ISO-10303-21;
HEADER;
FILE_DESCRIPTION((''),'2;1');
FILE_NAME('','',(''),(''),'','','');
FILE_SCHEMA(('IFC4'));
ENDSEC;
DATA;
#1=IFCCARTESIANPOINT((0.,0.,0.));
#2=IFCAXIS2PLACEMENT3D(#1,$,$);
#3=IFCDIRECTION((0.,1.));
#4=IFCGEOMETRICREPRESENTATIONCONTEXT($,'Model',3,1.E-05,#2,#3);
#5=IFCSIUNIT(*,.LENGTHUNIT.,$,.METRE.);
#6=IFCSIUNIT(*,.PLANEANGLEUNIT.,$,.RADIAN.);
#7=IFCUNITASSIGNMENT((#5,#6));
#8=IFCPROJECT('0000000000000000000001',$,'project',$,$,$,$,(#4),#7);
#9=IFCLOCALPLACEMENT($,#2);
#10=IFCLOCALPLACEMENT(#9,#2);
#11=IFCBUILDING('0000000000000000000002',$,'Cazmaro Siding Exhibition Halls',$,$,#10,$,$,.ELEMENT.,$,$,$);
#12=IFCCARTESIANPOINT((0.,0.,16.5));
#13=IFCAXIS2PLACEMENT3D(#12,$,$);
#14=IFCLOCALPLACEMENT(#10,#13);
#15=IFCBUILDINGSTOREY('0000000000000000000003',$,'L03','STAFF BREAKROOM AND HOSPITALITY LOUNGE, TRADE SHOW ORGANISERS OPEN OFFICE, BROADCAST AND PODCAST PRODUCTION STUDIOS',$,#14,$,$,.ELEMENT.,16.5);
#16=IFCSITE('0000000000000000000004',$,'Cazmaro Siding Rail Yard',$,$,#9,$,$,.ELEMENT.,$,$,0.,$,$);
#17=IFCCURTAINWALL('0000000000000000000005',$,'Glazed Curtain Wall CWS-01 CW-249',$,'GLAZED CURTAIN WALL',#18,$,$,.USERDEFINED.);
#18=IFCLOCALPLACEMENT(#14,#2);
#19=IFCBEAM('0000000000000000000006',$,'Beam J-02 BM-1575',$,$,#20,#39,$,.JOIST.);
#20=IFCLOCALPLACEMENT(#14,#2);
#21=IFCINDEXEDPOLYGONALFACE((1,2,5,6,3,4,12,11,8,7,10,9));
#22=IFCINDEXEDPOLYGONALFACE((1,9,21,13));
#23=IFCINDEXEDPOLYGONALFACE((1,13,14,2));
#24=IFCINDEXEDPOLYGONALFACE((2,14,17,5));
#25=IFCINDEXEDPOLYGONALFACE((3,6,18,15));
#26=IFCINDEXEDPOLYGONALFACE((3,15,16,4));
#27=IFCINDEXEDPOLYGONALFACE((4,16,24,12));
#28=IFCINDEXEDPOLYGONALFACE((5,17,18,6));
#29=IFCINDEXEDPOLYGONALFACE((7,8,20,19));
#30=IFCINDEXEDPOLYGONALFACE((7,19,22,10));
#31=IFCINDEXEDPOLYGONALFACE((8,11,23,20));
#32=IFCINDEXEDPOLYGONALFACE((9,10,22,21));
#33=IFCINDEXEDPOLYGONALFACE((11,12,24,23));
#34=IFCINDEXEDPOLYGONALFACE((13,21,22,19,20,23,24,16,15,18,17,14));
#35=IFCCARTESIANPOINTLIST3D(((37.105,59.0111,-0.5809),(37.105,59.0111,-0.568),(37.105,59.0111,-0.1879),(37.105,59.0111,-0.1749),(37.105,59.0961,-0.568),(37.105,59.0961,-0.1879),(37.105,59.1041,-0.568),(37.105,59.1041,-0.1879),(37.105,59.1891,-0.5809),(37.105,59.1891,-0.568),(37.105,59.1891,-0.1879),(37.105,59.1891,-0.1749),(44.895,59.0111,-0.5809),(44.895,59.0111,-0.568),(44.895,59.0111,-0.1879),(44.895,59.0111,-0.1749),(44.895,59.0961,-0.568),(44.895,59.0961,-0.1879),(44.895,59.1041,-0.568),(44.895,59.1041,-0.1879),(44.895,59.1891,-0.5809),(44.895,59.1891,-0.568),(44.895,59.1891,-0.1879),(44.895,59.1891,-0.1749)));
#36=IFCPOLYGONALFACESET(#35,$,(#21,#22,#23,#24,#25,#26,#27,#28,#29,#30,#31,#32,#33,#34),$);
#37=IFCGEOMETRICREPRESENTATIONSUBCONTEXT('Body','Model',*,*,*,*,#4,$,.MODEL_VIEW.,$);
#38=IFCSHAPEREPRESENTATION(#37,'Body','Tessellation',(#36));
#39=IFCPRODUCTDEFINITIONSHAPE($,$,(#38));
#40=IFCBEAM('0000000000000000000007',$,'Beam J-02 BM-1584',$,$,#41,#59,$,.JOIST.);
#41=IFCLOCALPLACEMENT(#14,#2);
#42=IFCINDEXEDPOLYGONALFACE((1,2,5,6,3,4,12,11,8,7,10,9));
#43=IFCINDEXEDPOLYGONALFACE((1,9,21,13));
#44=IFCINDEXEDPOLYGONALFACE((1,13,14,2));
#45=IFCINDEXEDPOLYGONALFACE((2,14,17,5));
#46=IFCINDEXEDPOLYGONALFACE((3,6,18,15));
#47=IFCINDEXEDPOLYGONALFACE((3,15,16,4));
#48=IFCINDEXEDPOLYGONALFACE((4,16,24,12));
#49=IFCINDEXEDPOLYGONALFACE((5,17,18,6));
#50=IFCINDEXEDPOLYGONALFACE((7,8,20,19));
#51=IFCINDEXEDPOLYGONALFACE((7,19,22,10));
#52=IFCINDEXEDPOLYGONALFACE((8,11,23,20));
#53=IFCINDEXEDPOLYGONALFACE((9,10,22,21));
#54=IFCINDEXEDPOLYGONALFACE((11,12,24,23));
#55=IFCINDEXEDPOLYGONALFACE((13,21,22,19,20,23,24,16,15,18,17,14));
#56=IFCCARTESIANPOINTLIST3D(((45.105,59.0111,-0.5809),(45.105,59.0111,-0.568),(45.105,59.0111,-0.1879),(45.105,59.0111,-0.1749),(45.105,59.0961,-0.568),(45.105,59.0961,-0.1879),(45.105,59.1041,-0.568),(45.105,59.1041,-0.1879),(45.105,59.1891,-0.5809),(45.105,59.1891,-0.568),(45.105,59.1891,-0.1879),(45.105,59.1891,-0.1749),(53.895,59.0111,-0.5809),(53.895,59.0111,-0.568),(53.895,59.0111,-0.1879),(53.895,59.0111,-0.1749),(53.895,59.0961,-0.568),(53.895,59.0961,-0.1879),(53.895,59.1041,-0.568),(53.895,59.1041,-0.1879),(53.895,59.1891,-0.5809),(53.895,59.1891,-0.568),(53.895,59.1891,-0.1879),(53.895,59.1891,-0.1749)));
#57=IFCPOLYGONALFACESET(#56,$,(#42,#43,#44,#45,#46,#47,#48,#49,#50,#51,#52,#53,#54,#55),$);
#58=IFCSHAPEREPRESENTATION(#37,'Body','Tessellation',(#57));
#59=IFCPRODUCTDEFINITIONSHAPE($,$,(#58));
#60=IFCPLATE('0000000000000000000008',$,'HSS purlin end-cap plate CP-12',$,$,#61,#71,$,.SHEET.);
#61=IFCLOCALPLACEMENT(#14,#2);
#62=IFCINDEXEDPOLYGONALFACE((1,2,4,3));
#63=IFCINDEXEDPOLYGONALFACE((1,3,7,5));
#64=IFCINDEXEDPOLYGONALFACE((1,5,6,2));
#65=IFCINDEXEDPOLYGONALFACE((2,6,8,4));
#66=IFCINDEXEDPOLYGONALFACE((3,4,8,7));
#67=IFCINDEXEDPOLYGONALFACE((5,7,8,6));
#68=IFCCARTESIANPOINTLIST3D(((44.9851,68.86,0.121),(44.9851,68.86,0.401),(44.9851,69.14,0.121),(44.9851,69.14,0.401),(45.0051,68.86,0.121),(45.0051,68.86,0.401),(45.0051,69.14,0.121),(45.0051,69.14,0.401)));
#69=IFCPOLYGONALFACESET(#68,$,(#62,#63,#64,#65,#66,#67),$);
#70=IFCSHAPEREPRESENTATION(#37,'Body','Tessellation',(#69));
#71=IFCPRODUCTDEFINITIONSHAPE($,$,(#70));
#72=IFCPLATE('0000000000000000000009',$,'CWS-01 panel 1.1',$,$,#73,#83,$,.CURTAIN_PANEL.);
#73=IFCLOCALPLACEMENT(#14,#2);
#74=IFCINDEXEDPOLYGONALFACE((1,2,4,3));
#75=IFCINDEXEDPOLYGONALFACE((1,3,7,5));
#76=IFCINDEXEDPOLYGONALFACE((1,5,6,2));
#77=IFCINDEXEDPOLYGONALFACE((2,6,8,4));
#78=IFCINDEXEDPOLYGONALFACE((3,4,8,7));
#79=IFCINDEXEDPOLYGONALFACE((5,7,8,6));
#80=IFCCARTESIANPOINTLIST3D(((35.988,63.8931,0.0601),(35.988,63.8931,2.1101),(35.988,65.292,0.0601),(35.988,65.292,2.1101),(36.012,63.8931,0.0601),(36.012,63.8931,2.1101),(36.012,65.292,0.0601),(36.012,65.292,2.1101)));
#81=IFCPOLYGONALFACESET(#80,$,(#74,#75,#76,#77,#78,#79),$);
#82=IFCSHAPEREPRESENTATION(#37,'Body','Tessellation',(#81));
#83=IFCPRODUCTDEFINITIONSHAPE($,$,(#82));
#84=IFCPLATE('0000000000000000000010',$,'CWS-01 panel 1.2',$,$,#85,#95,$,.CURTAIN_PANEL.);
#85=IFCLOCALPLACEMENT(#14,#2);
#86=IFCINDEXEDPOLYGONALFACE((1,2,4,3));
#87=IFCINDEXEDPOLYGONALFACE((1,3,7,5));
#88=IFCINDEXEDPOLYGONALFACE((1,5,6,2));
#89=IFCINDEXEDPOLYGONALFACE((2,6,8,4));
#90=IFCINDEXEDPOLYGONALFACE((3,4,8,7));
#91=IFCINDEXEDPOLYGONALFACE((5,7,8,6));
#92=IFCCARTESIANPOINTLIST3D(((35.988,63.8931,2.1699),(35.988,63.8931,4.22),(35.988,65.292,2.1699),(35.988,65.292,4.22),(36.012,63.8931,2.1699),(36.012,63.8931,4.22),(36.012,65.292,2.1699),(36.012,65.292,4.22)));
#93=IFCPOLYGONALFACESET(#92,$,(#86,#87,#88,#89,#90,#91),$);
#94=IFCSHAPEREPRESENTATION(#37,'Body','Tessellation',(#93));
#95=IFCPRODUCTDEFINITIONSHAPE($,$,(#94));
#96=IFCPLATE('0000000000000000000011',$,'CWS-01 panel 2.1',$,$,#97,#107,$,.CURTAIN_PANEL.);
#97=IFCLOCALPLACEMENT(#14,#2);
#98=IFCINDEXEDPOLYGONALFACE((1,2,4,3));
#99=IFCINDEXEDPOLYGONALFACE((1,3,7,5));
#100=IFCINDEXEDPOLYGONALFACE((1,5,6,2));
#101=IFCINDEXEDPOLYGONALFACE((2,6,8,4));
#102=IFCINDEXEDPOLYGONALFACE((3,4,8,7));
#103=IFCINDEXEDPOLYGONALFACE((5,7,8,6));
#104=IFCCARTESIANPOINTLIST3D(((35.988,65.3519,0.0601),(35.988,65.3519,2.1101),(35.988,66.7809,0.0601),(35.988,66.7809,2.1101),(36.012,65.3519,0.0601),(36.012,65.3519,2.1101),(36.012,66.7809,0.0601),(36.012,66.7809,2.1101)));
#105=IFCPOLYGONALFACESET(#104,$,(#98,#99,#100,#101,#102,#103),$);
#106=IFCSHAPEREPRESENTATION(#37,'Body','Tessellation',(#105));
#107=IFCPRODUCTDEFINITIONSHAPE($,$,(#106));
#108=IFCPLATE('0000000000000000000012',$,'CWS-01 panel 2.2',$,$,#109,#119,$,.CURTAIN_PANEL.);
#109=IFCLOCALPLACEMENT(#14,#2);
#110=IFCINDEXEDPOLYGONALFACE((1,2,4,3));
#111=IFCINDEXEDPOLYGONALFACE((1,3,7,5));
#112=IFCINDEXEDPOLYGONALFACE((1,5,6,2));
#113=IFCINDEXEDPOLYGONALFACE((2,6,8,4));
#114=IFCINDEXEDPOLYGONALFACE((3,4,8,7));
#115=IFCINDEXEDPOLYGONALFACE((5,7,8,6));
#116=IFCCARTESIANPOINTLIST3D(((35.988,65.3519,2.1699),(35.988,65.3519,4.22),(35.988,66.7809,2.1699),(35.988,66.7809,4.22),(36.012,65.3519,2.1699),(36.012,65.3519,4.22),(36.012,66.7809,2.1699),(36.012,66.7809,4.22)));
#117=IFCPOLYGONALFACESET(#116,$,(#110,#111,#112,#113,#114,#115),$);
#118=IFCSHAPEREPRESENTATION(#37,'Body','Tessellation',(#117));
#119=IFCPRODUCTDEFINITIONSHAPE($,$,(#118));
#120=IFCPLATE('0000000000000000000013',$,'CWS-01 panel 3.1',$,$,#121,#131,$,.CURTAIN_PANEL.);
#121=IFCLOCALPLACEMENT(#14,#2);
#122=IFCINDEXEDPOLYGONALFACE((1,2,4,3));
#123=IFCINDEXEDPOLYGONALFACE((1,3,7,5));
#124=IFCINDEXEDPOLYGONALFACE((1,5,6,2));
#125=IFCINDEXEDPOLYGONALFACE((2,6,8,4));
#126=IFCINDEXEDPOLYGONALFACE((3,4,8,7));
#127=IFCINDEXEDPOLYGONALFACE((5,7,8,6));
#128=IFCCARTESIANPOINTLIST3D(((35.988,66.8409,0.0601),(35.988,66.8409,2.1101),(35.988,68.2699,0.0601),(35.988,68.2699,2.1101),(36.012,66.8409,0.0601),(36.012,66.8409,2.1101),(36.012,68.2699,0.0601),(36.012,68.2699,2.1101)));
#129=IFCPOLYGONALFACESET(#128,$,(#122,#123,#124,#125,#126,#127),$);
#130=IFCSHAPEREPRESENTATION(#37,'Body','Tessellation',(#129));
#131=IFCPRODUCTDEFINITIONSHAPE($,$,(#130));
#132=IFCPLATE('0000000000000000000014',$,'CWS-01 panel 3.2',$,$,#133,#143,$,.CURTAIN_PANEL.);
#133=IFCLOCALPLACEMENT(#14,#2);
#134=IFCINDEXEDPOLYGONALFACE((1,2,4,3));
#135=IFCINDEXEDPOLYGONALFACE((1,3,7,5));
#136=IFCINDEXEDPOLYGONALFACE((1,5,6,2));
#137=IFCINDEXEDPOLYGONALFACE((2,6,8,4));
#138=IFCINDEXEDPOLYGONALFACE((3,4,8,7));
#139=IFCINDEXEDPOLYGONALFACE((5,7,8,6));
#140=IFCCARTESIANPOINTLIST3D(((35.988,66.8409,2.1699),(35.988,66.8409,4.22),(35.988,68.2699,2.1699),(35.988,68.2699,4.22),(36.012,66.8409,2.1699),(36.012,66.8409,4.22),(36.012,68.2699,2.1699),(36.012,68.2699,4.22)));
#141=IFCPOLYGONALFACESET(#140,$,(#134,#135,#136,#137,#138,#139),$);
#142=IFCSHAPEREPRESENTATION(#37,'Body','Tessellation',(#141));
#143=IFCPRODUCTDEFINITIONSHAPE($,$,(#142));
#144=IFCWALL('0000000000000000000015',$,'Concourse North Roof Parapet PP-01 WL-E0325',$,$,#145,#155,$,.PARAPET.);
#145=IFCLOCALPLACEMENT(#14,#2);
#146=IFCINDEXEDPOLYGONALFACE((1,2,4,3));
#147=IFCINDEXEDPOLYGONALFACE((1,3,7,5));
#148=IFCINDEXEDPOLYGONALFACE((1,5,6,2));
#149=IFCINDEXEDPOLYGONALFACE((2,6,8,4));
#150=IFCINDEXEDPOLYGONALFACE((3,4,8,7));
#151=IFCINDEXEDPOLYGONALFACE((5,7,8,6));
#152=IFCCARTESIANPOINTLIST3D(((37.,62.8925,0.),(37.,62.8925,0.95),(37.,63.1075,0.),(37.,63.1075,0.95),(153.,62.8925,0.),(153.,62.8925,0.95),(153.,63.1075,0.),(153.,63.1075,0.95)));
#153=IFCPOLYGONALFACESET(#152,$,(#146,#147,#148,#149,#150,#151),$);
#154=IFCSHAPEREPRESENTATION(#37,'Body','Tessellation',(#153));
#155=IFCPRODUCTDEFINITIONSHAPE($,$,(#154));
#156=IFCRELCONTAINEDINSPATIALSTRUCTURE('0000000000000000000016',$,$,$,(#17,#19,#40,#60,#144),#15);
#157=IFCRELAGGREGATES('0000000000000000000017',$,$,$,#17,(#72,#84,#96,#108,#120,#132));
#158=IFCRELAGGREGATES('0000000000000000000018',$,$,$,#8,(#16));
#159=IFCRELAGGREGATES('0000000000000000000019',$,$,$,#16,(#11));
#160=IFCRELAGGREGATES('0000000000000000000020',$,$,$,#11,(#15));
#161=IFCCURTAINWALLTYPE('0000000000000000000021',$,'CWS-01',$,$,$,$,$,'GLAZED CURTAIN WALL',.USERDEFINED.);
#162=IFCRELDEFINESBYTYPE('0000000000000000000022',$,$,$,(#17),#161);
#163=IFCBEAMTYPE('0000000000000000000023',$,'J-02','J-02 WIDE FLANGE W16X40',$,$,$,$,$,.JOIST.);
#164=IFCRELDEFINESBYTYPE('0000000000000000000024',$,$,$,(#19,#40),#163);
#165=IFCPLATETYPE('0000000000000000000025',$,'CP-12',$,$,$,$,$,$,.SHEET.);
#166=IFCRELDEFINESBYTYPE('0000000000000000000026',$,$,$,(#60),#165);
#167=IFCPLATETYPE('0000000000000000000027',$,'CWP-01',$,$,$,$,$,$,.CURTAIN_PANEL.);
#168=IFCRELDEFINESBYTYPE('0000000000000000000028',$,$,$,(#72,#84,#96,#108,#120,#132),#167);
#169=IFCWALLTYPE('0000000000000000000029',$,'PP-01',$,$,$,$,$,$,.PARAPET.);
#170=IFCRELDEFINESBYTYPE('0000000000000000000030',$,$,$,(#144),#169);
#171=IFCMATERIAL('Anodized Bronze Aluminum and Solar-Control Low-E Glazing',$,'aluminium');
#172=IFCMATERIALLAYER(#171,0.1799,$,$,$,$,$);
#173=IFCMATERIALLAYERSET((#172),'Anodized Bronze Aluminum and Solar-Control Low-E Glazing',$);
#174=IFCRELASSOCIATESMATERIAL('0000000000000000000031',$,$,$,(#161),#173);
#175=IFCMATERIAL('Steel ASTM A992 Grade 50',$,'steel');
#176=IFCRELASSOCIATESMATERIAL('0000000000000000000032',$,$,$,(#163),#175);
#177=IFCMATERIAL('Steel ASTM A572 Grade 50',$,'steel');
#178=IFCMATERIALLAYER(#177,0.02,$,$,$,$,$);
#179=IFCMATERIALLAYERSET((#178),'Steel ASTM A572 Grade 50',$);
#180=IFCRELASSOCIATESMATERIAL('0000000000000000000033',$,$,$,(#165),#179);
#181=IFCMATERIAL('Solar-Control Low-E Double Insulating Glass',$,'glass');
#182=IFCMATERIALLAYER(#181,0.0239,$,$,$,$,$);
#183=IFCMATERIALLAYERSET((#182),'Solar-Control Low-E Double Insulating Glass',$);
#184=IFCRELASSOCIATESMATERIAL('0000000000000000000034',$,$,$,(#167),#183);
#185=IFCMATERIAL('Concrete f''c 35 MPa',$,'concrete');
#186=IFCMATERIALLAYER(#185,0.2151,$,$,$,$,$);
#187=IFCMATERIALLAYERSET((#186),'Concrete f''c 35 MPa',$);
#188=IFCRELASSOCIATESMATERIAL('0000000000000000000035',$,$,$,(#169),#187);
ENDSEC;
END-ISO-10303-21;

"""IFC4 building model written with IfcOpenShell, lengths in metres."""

from ifc_helpers import new_model, si_unit, direction, frame, frame_2d, origin, origin_2d, place, context, subcontext, project, spatial, rectangle, i_section, extrude, material, layer, layer_set, material_profile, profile_set, type_object, element, aggregate, save


model = new_model("IFC4")

# Units and contexts
model_context = context("Model", 3, precision=1e-05, world=origin(), true_north=direction((0.0, 1.0)))
body_context = subcontext(model_context, "Body", "Model", "MODEL_VIEW")
ifc_project = project(units=[si_unit("LENGTHUNIT", "METRE"), si_unit("PLANEANGLEUNIT", "RADIAN")], contexts=[model_context])

# Site, building, storey
site_placement = place(None, origin())
site = spatial("IfcSite", under=ifc_project, at=site_placement, Name="Cazmaro Siding Rail Yard", CompositionType="ELEMENT", RefElevation=0.0)
building_placement = place(site_placement, origin())
building = spatial("IfcBuilding", under=site, at=building_placement, Name="Cazmaro Siding Exhibition Halls", CompositionType="ELEMENT")
storey_placement = place(building_placement, frame((0.0, 0.0, 16.5)))
storey = spatial("IfcBuildingStorey", under=building, at=storey_placement, Name="L03", Description="STAFF BREAKROOM AND HOSPITALITY LOUNGE, TRADE SHOW ORGANISERS OPEN OFFICE, BROADCAST AND PODCAST PRODUCTION STUDIOS", CompositionType="ELEMENT", Elevation=16.5)

# Curtain wall
ifc_material_1 = material(Name="Anodized Bronze Aluminum and Solar-Control Low-E Glazing", Category="aluminium")
ifc_layer_1 = layer(ifc_material_1, 0.1799)
ifc_layer_set_1 = layer_set([ifc_layer_1], Name="Anodized Bronze Aluminum and Solar-Control Low-E Glazing")
curtain_wall_type = type_object("IfcCurtainWallType", Name="CWS-01", ElementType="GLAZED CURTAIN WALL", PredefinedType="USERDEFINED", material=ifc_layer_set_1)
curtain_wall_placement = place(storey_placement, origin())
curtain_wall = element("IfcCurtainWall", 1, at=curtain_wall_placement, inside=storey, type_object=curtain_wall_type, Name="Glazed Curtain Wall CWS-01 CW-249", ObjectType="GLAZED CURTAIN WALL", PredefinedType="USERDEFINED")

# Beams
ifc_material_2 = material(Name="Steel ASTM A992 Grade 50", Category="steel")
ifc_material_profile_1 = material_profile(ifc_material_2, i_section(OverallWidth=0.178, OverallDepth=0.406, WebThickness=0.0081, FlangeThickness=0.0129, at=origin_2d()), Name="W16X40")
ifc_profile_set_1 = profile_set([ifc_material_profile_1], Name="Steel ASTM A992 Grade 50")
beam_type_1 = type_object("IfcBeamType", Name="J-02", Description="J-02 WIDE FLANGE W16X40", PredefinedType="JOIST", material=ifc_profile_set_1)
beam_1_placement = place(storey_placement, frame((37.105, 59.1001, -0.3779), z_axis=(1.0, 0.0, 0.0), x_axis=(0.0, 1.0, 0.0)))
element("IfcBeam", 2, at=beam_1_placement, inside=storey, type_object=beam_type_1, Name="Beam J-02 BM-1575", PredefinedType="JOIST", context=body_context, shape_type="SweptSolid", body=[
    extrude(i_section(OverallWidth=0.178, OverallDepth=0.406, WebThickness=0.0081, FlangeThickness=0.0129, at=origin_2d()), origin(), (0.0, 0.0, 1.0), 7.79),
])
beam_2_placement = place(storey_placement, frame((45.105, 59.1001, -0.3779), z_axis=(1.0, 0.0, 0.0), x_axis=(0.0, 1.0, 0.0)))
element("IfcBeam", 3, at=beam_2_placement, inside=storey, type_object=beam_type_1, Name="Beam J-02 BM-1584", PredefinedType="JOIST", context=body_context, shape_type="SweptSolid", body=[
    extrude(i_section(OverallWidth=0.178, OverallDepth=0.406, WebThickness=0.0081, FlangeThickness=0.0129, at=origin_2d()), origin(), (0.0, 0.0, 1.0), 8.79),
])

# Plates
ifc_material_3 = material(Name="Steel ASTM A572 Grade 50", Category="steel")
ifc_layer_2 = layer(ifc_material_3, 0.02)
ifc_layer_set_2 = layer_set([ifc_layer_2], Name="Steel ASTM A572 Grade 50")
plate_type_1 = type_object("IfcPlateType", Name="CP-12", PredefinedType="SHEET", material=ifc_layer_set_2)
plate_1_placement = place(storey_placement, frame((44.9851, 69.0, 0.261), z_axis=(1.0, 0.0, 0.0), x_axis=(0.0, 1.0, 0.0)))
element("IfcPlate", 4, at=plate_1_placement, inside=storey, type_object=plate_type_1, Name="HSS purlin end-cap plate CP-12", PredefinedType="SHEET", context=body_context, shape_type="SweptSolid", body=[
    extrude(rectangle(XDim=0.28, YDim=0.28, at=origin_2d()), origin(), (0.0, 0.0, 1.0), 0.02),
])
ifc_material_4 = material(Name="Solar-Control Low-E Double Insulating Glass", Category="glass")
ifc_layer_3 = layer(ifc_material_4, 0.0239)
ifc_layer_set_3 = layer_set([ifc_layer_3], Name="Solar-Control Low-E Double Insulating Glass")
plate_type_2 = type_object("IfcPlateType", Name="CWP-01", PredefinedType="CURTAIN_PANEL", material=ifc_layer_set_3)
plate_2_placement = place(storey_placement, frame((36.0, 64.5925, 0.0601), z_axis=(0.0, 0.0, 1.0), x_axis=(0.0, 1.0, 0.0)))
plate_2 = element("IfcPlate", 5, at=plate_2_placement, type_object=plate_type_2, Name="CWS-01 panel 1.1", PredefinedType="CURTAIN_PANEL", context=body_context, shape_type="SweptSolid", body=[
    extrude(rectangle(XDim=1.3989, YDim=0.0239, at=origin_2d()), origin(), (0.0, 0.0, 1.0), 2.05),
])
plate_3_placement = place(storey_placement, frame((36.0, 64.5925, 2.1699), z_axis=(0.0, 0.0, 1.0), x_axis=(0.0, 1.0, 0.0)))
plate_3 = element("IfcPlate", 6, at=plate_3_placement, type_object=plate_type_2, Name="CWS-01 panel 1.2", PredefinedType="CURTAIN_PANEL", context=body_context, shape_type="SweptSolid", body=[
    extrude(rectangle(XDim=1.3989, YDim=0.0239, at=origin_2d()), origin(), (0.0, 0.0, 1.0), 2.05),
])
plate_4_placement = place(storey_placement, frame((36.0, 66.0664, 0.0601), z_axis=(0.0, 0.0, 1.0), x_axis=(0.0, 1.0, 0.0)))
plate_4 = element("IfcPlate", 7, at=plate_4_placement, type_object=plate_type_2, Name="CWS-01 panel 2.1", PredefinedType="CURTAIN_PANEL", context=body_context, shape_type="SweptSolid", body=[
    extrude(rectangle(XDim=1.429, YDim=0.0239, at=origin_2d()), origin(), (0.0, 0.0, 1.0), 2.05),
])
plate_5_placement = place(storey_placement, frame((36.0, 66.0664, 2.1699), z_axis=(0.0, 0.0, 1.0), x_axis=(0.0, 1.0, 0.0)))
plate_5 = element("IfcPlate", 8, at=plate_5_placement, type_object=plate_type_2, Name="CWS-01 panel 2.2", PredefinedType="CURTAIN_PANEL", context=body_context, shape_type="SweptSolid", body=[
    extrude(rectangle(XDim=1.429, YDim=0.0239, at=origin_2d()), origin(), (0.0, 0.0, 1.0), 2.05),
])
plate_6_placement = place(storey_placement, frame((36.0, 67.5554, 0.0601), z_axis=(0.0, 0.0, 1.0), x_axis=(0.0, 1.0, 0.0)))
plate_6 = element("IfcPlate", 9, at=plate_6_placement, type_object=plate_type_2, Name="CWS-01 panel 3.1", PredefinedType="CURTAIN_PANEL", context=body_context, shape_type="SweptSolid", body=[
    extrude(rectangle(XDim=1.429, YDim=0.0239, at=origin_2d()), origin(), (0.0, 0.0, 1.0), 2.05),
])
plate_7_placement = place(storey_placement, frame((36.0, 67.5554, 2.1699), z_axis=(0.0, 0.0, 1.0), x_axis=(0.0, 1.0, 0.0)))
plate_7 = element("IfcPlate", 10, at=plate_7_placement, type_object=plate_type_2, Name="CWS-01 panel 3.2", PredefinedType="CURTAIN_PANEL", context=body_context, shape_type="SweptSolid", body=[
    extrude(rectangle(XDim=1.429, YDim=0.0239, at=origin_2d()), origin(), (0.0, 0.0, 1.0), 2.05),
])
aggregate(curtain_wall, [plate_2, plate_3, plate_4, plate_5, plate_6, plate_7])

# Wall
ifc_material_5 = material(Name="Concrete f'c 35 MPa", Category="concrete")
ifc_layer_4 = layer(ifc_material_5, 0.2151)
ifc_layer_set_4 = layer_set([ifc_layer_4], Name="Concrete f'c 35 MPa")
wall_type = type_object("IfcWallType", Name="PP-01", PredefinedType="PARAPET", material=ifc_layer_set_4)
wall_placement = place(storey_placement, frame((37.0, 63.0, 0.0), z_axis=(0.0, 0.0, 1.0), x_axis=(1.0, 0.0, 0.0)))
element("IfcWall", 11, at=wall_placement, inside=storey, type_object=wall_type, Name="Concourse North Roof Parapet PP-01 WL-E0325", PredefinedType="PARAPET", context=body_context, shape_type="SweptSolid", body=[
    extrude(rectangle(XDim=116.0, YDim=0.2151, at=frame_2d((58.0, 0.0))), origin(), (0.0, 0.0, 1.0), 0.95),
])

save(model, "model.ifc")
